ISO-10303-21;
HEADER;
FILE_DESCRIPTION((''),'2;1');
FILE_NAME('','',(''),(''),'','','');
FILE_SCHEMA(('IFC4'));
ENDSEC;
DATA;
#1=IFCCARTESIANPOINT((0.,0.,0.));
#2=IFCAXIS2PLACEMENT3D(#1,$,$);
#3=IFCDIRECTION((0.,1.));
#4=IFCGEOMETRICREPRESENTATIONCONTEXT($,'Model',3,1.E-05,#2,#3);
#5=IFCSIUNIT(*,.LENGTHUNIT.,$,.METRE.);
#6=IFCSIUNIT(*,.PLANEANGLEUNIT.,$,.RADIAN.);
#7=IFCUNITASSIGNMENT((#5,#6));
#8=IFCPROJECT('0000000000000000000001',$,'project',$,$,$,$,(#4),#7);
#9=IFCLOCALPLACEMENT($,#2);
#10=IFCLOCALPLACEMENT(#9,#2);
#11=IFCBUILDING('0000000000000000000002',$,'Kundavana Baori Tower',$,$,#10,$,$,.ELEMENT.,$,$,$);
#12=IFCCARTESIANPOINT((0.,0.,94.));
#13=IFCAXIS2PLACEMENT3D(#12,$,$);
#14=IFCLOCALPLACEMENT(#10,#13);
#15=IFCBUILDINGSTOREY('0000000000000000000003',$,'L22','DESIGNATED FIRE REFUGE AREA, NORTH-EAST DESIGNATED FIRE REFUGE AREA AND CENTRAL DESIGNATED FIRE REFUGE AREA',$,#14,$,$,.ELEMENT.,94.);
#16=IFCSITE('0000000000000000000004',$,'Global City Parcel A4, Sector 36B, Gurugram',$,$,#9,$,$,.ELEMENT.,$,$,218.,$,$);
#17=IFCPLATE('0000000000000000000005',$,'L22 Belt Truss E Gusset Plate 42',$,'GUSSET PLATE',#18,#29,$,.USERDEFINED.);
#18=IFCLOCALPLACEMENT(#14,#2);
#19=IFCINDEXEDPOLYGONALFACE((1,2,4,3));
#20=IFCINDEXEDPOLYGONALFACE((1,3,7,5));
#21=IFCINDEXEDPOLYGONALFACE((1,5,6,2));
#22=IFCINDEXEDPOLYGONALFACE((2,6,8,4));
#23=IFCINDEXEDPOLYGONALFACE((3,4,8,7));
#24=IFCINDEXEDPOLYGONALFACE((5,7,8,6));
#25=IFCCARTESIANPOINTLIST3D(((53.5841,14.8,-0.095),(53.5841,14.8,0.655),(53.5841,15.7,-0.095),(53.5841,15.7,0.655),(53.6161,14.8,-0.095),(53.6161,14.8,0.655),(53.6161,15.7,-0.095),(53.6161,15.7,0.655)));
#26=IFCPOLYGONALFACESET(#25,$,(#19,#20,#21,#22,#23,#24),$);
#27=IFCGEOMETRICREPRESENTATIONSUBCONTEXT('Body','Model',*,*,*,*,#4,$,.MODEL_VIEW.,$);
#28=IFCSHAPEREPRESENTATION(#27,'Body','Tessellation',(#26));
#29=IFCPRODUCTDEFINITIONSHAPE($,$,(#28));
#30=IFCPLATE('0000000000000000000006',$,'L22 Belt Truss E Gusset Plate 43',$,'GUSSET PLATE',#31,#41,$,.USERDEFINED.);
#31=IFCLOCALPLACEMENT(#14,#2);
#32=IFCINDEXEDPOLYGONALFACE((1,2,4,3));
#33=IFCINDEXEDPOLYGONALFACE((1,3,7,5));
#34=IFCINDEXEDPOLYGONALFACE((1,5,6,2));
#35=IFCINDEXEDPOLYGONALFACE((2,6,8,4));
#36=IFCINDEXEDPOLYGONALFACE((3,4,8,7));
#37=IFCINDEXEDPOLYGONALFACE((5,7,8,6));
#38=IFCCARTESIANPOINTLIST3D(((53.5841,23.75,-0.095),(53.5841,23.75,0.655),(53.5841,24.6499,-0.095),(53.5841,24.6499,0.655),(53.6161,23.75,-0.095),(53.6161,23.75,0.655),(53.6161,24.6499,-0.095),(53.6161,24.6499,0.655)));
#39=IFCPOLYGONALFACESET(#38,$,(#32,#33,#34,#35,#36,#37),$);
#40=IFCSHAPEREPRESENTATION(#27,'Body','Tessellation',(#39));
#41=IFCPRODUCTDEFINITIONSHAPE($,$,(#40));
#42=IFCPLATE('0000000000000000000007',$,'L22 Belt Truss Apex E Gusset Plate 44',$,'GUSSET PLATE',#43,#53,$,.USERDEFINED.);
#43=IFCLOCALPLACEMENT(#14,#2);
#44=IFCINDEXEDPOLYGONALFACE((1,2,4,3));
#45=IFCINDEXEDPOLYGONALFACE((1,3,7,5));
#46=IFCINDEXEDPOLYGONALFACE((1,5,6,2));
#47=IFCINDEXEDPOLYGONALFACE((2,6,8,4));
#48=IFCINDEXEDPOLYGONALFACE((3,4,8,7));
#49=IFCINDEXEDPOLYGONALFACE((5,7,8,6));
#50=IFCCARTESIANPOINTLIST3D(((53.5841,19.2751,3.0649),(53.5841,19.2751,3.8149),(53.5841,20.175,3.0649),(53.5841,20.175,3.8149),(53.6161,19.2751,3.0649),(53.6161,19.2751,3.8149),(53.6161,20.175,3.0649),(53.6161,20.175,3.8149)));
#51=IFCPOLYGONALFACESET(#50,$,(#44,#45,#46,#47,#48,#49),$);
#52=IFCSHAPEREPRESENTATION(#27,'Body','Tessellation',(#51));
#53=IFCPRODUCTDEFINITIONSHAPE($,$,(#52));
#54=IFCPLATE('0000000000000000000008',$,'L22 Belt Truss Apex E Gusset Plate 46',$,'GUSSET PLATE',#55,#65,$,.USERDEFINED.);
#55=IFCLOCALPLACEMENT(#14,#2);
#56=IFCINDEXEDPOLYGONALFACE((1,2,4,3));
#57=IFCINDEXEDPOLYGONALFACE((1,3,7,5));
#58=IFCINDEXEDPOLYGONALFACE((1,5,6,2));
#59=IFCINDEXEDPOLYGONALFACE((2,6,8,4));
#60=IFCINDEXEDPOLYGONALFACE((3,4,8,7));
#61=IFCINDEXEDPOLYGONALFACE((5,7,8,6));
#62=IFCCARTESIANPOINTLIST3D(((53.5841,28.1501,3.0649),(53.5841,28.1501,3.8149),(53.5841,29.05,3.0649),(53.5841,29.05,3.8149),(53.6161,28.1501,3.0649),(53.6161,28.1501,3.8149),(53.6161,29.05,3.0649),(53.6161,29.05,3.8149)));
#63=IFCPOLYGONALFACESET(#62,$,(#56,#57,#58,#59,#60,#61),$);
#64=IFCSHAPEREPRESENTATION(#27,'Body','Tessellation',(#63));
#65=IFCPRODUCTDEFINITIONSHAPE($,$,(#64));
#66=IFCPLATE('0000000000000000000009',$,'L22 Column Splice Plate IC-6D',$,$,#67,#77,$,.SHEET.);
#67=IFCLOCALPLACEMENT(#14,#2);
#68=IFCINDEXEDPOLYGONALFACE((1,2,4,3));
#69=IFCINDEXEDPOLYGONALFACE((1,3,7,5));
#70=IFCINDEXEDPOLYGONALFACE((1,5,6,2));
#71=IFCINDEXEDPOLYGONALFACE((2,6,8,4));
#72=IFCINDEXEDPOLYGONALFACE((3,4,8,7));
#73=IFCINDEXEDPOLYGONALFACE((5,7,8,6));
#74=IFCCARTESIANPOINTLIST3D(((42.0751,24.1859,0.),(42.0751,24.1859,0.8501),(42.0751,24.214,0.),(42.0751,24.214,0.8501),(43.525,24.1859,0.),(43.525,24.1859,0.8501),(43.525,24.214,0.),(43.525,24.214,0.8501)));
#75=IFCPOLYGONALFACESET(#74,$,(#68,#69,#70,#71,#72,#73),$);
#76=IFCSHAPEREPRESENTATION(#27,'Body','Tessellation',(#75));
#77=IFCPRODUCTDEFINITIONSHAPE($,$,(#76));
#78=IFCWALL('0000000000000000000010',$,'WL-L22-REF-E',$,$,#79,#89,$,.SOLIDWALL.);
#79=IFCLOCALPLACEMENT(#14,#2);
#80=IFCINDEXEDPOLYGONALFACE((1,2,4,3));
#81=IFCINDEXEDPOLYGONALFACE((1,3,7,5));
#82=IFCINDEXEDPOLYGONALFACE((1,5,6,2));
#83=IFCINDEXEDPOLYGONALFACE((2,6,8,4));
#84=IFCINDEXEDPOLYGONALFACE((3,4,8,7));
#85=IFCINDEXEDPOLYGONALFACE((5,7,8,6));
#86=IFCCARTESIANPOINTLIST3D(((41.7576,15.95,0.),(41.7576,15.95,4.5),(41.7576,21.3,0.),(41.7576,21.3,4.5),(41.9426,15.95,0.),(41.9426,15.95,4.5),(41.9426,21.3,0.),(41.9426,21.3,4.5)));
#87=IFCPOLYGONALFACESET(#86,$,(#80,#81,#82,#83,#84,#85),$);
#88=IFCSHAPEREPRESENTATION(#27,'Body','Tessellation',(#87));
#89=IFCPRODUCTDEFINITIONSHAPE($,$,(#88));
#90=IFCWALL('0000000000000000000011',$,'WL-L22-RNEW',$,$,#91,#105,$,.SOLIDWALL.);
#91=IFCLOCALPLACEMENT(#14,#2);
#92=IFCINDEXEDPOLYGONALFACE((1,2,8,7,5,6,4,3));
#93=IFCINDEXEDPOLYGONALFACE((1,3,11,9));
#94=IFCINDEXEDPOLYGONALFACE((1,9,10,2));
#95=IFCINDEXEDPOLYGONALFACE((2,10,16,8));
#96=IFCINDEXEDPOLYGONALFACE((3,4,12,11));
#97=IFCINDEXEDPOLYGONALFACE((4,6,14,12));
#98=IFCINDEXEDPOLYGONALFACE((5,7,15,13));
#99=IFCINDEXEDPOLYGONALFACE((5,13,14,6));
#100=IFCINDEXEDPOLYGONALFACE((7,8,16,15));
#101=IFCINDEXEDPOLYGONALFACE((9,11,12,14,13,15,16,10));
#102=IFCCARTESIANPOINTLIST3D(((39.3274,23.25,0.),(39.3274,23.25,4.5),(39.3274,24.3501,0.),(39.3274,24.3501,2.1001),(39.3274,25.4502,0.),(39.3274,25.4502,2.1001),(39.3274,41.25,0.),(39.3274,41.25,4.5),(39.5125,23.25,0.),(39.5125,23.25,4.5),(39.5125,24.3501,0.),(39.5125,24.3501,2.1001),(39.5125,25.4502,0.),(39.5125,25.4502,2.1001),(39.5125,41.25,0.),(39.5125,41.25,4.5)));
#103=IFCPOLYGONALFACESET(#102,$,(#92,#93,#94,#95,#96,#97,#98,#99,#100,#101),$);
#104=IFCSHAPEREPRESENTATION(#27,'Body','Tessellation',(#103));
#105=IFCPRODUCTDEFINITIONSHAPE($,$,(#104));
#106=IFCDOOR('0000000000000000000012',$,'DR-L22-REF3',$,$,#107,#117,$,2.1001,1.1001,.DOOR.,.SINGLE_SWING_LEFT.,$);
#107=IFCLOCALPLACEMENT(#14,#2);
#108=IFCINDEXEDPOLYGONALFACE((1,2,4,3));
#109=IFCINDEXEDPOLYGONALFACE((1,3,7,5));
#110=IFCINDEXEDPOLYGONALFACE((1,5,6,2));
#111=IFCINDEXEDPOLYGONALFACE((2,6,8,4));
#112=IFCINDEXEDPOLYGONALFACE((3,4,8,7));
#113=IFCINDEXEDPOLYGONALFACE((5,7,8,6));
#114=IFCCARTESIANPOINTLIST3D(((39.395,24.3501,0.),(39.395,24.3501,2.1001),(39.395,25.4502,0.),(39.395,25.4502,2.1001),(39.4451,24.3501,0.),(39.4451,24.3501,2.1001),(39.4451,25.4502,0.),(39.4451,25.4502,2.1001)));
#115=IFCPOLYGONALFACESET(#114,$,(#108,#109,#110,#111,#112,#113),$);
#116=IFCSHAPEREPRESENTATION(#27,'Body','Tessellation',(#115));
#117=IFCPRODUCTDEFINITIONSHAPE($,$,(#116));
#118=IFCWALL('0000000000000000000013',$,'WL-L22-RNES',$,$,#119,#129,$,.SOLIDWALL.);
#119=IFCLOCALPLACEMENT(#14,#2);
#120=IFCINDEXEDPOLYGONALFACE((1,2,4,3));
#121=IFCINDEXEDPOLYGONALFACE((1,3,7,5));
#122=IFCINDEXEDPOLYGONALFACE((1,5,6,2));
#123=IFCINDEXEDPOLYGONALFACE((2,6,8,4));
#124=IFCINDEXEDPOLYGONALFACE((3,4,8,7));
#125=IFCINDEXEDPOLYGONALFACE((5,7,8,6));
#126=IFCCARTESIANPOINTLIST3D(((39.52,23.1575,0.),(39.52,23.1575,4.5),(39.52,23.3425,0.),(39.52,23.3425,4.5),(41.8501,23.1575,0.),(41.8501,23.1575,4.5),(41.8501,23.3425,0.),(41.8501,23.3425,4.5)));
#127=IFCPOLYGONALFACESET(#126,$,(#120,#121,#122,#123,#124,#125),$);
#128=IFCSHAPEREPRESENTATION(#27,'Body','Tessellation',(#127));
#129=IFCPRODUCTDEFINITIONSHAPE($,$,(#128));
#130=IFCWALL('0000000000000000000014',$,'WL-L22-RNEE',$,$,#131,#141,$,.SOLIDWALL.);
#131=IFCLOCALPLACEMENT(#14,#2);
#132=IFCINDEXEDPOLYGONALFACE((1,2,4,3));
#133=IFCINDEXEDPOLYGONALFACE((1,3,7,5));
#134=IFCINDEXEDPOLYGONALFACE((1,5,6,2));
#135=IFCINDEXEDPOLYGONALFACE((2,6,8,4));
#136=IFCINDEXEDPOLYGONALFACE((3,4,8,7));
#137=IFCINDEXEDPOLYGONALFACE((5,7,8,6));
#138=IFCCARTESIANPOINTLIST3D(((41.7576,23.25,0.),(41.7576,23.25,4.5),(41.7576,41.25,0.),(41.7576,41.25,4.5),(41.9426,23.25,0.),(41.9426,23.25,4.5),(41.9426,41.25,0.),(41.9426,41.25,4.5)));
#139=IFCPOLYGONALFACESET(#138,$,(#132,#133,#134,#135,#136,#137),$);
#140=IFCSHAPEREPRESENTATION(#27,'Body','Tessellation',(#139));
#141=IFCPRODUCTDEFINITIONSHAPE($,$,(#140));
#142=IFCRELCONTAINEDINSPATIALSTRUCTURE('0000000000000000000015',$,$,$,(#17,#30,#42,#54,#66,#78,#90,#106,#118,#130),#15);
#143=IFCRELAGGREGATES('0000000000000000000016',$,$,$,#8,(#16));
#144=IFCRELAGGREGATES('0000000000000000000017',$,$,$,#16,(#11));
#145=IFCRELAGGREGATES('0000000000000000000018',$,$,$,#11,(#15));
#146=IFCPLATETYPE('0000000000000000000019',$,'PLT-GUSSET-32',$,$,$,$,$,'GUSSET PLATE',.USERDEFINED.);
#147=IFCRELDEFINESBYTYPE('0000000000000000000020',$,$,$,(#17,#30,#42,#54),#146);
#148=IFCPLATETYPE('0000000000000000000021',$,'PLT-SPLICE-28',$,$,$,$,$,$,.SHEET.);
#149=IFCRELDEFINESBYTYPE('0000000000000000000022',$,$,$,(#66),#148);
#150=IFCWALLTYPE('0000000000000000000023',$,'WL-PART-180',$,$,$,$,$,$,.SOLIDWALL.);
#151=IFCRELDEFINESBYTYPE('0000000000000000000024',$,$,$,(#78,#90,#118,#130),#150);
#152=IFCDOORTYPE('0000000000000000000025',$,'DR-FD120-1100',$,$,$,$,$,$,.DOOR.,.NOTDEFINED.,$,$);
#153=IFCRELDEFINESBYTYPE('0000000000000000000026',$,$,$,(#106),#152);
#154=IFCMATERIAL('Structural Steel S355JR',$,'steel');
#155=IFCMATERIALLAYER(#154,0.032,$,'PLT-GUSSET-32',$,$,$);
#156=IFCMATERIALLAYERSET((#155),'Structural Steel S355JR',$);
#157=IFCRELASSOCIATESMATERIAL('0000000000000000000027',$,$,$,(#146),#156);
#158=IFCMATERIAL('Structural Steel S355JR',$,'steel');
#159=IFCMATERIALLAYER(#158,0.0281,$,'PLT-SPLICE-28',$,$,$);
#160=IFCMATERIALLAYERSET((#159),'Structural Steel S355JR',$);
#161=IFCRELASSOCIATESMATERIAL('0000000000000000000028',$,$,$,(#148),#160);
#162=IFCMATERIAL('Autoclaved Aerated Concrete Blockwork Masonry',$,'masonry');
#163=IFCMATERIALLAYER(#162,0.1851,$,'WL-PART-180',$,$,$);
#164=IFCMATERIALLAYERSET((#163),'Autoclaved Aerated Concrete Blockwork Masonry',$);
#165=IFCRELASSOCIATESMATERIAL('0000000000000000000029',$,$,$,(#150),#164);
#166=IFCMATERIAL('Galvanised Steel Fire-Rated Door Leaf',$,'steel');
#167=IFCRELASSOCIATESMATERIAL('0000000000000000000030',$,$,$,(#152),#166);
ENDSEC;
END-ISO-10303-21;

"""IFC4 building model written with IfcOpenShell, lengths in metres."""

from ifc_helpers import new_model, si_unit, direction, frame, frame_2d, origin, origin_2d, place, context, subcontext, project, spatial, rectangle, extrude, material, layer, layer_set, type_object, element, fill, save


model = new_model("IFC4")

# Units and contexts
model_context = context("Model", 3, precision=1e-05, world=origin(), true_north=direction((0.0, 1.0)))
body_context = subcontext(model_context, "Body", "Model", "MODEL_VIEW")
ifc_project = project(units=[si_unit("LENGTHUNIT", "METRE"), si_unit("PLANEANGLEUNIT", "RADIAN")], contexts=[model_context])

# Site, building, storey
site_placement = place(None, origin())
site = spatial("IfcSite", under=ifc_project, at=site_placement, Name="Global City Parcel A4, Sector 36B, Gurugram", CompositionType="ELEMENT", RefElevation=218.0)
building_placement = place(site_placement, origin())
building = spatial("IfcBuilding", under=site, at=building_placement, Name="Kundavana Baori Tower", CompositionType="ELEMENT")
storey_placement = place(building_placement, frame((0.0, 0.0, 94.0)))
storey = spatial("IfcBuildingStorey", under=building, at=storey_placement, Name="L22", Description="DESIGNATED FIRE REFUGE AREA, NORTH-EAST DESIGNATED FIRE REFUGE AREA AND CENTRAL DESIGNATED FIRE REFUGE AREA", CompositionType="ELEMENT", Elevation=94.0)

# Plates
ifc_material_1 = material(Name="Structural Steel S355JR", Category="steel")
ifc_layer_1 = layer(ifc_material_1, 0.032, Name="PLT-GUSSET-32")
ifc_layer_set_1 = layer_set([ifc_layer_1], Name="Structural Steel S355JR")
plate_type_1 = type_object("IfcPlateType", Name="PLT-GUSSET-32", ElementType="GUSSET PLATE", PredefinedType="USERDEFINED", material=ifc_layer_set_1)
for number, where, z_axis, x_axis, name in (
    (1, (53.6001, 15.25, -0.095), (0.0, 0.0, 1.0), (1.0, 0.0, 0.0), "L22 Belt Truss E Gusset Plate 42"),
    (2, (53.6001, 24.2, -0.095), (0.0, 0.0, 1.0), (1.0, 0.0, 0.0), "L22 Belt Truss E Gusset Plate 43"),
    (3, (53.6001, 19.7251, 3.0649), (0.0, 0.0, 1.0), (1.0, 0.0, 0.0), "L22 Belt Truss Apex E Gusset Plate 44"),
    (4, (53.6001, 28.6001, 3.0649), (0.0, 0.0, 1.0), (1.0, 0.0, 0.0), "L22 Belt Truss Apex E Gusset Plate 46"),
):
    element("IfcPlate", number, at=place(storey_placement, frame(where, z_axis=z_axis, x_axis=x_axis)), inside=storey, type_object=plate_type_1, Name=name, ObjectType="GUSSET PLATE", PredefinedType="USERDEFINED", context=body_context, shape_type="SweptSolid", body=[
        extrude(rectangle(XDim=0.032, YDim=0.8999, at=origin_2d()), origin(), (0.0, 0.0, 1.0), 0.75),
    ])
ifc_material_2 = material(Name="Structural Steel S355JR", Category="steel")
ifc_layer_2 = layer(ifc_material_2, 0.0281, Name="PLT-SPLICE-28")
ifc_layer_set_2 = layer_set([ifc_layer_2], Name="Structural Steel S355JR")
plate_type_2 = type_object("IfcPlateType", Name="PLT-SPLICE-28", PredefinedType="SHEET", material=ifc_layer_set_2)
plate_placement = place(storey_placement, frame((42.8, 24.2, 0.0), z_axis=(0.0, 0.0, 1.0), x_axis=(1.0, 0.0, 0.0)))
element("IfcPlate", 5, at=plate_placement, inside=storey, type_object=plate_type_2, Name="L22 Column Splice Plate IC-6D", PredefinedType="SHEET", context=body_context, shape_type="SweptSolid", body=[
    extrude(rectangle(XDim=1.45, YDim=0.0281, at=origin_2d()), origin(), (0.0, 0.0, 1.0), 0.8501),
])

# Wall
ifc_material_3 = material(Name="Autoclaved Aerated Concrete Blockwork Masonry", Category="masonry")
ifc_layer_3 = layer(ifc_material_3, 0.1851, Name="WL-PART-180")
ifc_layer_set_3 = layer_set([ifc_layer_3], Name="Autoclaved Aerated Concrete Blockwork Masonry")
wall_type = type_object("IfcWallType", Name="WL-PART-180", PredefinedType="SOLIDWALL", material=ifc_layer_set_3)
wall_1_placement = place(storey_placement, frame((41.8501, 15.95, 0.0), z_axis=(0.0, 0.0, 1.0), x_axis=(0.0, 1.0, 0.0)))
element("IfcWall", 6, at=wall_1_placement, inside=storey, type_object=wall_type, Name="WL-L22-REF-E", PredefinedType="SOLIDWALL", context=body_context, shape_type="SweptSolid", body=[
    extrude(rectangle(XDim=5.3501, YDim=0.1851, at=frame_2d((2.675, 0.0))), origin(), (0.0, 0.0, 1.0), 4.5),
])

# Wall, opening, door
wall_2_placement = place(storey_placement, frame((39.4199, 23.25, 0.0), z_axis=(0.0, 0.0, 1.0), x_axis=(0.0, 1.0, 0.0)))
wall_2 = element("IfcWall", 7, at=wall_2_placement, inside=storey, type_object=wall_type, Name="WL-L22-RNEW", PredefinedType="SOLIDWALL", context=body_context, shape_type="SweptSolid", body=[
    extrude(rectangle(XDim=18.0, YDim=0.1851, at=frame_2d((9.0, 0.0))), origin(), (0.0, 0.0, 1.0), 4.5),
])
opening_placement = place(wall_2_placement, frame((1.1001, 0.0, 0.0)))
opening = element("IfcOpeningElement", 8, at=opening_placement, cuts=wall_2, PredefinedType="OPENING", context=body_context, shape_type="SweptSolid", body=[
    extrude(rectangle(XDim=1.1001, YDim=2.1001, at=frame_2d((0.55, 1.05))), frame((0.0, 0.1025, 0.0), z_axis=(0.0, -1.0, 0.0), x_axis=(1.0, 0.0, 0.0)), (0.0, 0.0, 1.0), 0.2051),
])
ifc_material_4 = material(Name="Galvanised Steel Fire-Rated Door Leaf", Category="steel")
door_type = type_object("IfcDoorType", Name="DR-FD120-1100", OperationType="NOTDEFINED", PredefinedType="DOOR", material=ifc_material_4)
door_placement = place(opening_placement, origin())
door = element("IfcDoor", 9, at=door_placement, inside=storey, type_object=door_type, Name="DR-L22-REF3", OperationType="SINGLE_SWING_LEFT", OverallHeight=2.1001, OverallWidth=1.1001, PredefinedType="DOOR", context=body_context, shape_type="SweptSolid", body=[
    extrude(rectangle(XDim=1.1001, YDim=2.1001, at=frame_2d((0.55, 1.05))), frame((0.0, 0.0249, 0.0), z_axis=(0.0, -1.0, 0.0), x_axis=(1.0, 0.0, 0.0)), (0.0, 0.0, 1.0), 0.05),
])
fill(opening, door)

# Walls
wall_3_placement = place(storey_placement, frame((39.52, 23.25, 0.0), z_axis=(0.0, 0.0, 1.0), x_axis=(1.0, 0.0, 0.0)))
element("IfcWall", 10, at=wall_3_placement, inside=storey, type_object=wall_type, Name="WL-L22-RNES", PredefinedType="SOLIDWALL", context=body_context, shape_type="SweptSolid", body=[
    extrude(rectangle(XDim=2.3301, YDim=0.1851, at=frame_2d((1.165, 0.0))), origin(), (0.0, 0.0, 1.0), 4.5),
])
wall_4_placement = place(storey_placement, frame((41.8501, 23.25, 0.0), z_axis=(0.0, 0.0, 1.0), x_axis=(0.0, 1.0, 0.0)))
element("IfcWall", 11, at=wall_4_placement, inside=storey, type_object=wall_type, Name="WL-L22-RNEE", PredefinedType="SOLIDWALL", context=body_context, shape_type="SweptSolid", body=[
    extrude(rectangle(XDim=18.0, YDim=0.1851, at=frame_2d((9.0, 0.0))), origin(), (0.0, 0.0, 1.0), 4.5),
])

save(model, "model.ifc")
